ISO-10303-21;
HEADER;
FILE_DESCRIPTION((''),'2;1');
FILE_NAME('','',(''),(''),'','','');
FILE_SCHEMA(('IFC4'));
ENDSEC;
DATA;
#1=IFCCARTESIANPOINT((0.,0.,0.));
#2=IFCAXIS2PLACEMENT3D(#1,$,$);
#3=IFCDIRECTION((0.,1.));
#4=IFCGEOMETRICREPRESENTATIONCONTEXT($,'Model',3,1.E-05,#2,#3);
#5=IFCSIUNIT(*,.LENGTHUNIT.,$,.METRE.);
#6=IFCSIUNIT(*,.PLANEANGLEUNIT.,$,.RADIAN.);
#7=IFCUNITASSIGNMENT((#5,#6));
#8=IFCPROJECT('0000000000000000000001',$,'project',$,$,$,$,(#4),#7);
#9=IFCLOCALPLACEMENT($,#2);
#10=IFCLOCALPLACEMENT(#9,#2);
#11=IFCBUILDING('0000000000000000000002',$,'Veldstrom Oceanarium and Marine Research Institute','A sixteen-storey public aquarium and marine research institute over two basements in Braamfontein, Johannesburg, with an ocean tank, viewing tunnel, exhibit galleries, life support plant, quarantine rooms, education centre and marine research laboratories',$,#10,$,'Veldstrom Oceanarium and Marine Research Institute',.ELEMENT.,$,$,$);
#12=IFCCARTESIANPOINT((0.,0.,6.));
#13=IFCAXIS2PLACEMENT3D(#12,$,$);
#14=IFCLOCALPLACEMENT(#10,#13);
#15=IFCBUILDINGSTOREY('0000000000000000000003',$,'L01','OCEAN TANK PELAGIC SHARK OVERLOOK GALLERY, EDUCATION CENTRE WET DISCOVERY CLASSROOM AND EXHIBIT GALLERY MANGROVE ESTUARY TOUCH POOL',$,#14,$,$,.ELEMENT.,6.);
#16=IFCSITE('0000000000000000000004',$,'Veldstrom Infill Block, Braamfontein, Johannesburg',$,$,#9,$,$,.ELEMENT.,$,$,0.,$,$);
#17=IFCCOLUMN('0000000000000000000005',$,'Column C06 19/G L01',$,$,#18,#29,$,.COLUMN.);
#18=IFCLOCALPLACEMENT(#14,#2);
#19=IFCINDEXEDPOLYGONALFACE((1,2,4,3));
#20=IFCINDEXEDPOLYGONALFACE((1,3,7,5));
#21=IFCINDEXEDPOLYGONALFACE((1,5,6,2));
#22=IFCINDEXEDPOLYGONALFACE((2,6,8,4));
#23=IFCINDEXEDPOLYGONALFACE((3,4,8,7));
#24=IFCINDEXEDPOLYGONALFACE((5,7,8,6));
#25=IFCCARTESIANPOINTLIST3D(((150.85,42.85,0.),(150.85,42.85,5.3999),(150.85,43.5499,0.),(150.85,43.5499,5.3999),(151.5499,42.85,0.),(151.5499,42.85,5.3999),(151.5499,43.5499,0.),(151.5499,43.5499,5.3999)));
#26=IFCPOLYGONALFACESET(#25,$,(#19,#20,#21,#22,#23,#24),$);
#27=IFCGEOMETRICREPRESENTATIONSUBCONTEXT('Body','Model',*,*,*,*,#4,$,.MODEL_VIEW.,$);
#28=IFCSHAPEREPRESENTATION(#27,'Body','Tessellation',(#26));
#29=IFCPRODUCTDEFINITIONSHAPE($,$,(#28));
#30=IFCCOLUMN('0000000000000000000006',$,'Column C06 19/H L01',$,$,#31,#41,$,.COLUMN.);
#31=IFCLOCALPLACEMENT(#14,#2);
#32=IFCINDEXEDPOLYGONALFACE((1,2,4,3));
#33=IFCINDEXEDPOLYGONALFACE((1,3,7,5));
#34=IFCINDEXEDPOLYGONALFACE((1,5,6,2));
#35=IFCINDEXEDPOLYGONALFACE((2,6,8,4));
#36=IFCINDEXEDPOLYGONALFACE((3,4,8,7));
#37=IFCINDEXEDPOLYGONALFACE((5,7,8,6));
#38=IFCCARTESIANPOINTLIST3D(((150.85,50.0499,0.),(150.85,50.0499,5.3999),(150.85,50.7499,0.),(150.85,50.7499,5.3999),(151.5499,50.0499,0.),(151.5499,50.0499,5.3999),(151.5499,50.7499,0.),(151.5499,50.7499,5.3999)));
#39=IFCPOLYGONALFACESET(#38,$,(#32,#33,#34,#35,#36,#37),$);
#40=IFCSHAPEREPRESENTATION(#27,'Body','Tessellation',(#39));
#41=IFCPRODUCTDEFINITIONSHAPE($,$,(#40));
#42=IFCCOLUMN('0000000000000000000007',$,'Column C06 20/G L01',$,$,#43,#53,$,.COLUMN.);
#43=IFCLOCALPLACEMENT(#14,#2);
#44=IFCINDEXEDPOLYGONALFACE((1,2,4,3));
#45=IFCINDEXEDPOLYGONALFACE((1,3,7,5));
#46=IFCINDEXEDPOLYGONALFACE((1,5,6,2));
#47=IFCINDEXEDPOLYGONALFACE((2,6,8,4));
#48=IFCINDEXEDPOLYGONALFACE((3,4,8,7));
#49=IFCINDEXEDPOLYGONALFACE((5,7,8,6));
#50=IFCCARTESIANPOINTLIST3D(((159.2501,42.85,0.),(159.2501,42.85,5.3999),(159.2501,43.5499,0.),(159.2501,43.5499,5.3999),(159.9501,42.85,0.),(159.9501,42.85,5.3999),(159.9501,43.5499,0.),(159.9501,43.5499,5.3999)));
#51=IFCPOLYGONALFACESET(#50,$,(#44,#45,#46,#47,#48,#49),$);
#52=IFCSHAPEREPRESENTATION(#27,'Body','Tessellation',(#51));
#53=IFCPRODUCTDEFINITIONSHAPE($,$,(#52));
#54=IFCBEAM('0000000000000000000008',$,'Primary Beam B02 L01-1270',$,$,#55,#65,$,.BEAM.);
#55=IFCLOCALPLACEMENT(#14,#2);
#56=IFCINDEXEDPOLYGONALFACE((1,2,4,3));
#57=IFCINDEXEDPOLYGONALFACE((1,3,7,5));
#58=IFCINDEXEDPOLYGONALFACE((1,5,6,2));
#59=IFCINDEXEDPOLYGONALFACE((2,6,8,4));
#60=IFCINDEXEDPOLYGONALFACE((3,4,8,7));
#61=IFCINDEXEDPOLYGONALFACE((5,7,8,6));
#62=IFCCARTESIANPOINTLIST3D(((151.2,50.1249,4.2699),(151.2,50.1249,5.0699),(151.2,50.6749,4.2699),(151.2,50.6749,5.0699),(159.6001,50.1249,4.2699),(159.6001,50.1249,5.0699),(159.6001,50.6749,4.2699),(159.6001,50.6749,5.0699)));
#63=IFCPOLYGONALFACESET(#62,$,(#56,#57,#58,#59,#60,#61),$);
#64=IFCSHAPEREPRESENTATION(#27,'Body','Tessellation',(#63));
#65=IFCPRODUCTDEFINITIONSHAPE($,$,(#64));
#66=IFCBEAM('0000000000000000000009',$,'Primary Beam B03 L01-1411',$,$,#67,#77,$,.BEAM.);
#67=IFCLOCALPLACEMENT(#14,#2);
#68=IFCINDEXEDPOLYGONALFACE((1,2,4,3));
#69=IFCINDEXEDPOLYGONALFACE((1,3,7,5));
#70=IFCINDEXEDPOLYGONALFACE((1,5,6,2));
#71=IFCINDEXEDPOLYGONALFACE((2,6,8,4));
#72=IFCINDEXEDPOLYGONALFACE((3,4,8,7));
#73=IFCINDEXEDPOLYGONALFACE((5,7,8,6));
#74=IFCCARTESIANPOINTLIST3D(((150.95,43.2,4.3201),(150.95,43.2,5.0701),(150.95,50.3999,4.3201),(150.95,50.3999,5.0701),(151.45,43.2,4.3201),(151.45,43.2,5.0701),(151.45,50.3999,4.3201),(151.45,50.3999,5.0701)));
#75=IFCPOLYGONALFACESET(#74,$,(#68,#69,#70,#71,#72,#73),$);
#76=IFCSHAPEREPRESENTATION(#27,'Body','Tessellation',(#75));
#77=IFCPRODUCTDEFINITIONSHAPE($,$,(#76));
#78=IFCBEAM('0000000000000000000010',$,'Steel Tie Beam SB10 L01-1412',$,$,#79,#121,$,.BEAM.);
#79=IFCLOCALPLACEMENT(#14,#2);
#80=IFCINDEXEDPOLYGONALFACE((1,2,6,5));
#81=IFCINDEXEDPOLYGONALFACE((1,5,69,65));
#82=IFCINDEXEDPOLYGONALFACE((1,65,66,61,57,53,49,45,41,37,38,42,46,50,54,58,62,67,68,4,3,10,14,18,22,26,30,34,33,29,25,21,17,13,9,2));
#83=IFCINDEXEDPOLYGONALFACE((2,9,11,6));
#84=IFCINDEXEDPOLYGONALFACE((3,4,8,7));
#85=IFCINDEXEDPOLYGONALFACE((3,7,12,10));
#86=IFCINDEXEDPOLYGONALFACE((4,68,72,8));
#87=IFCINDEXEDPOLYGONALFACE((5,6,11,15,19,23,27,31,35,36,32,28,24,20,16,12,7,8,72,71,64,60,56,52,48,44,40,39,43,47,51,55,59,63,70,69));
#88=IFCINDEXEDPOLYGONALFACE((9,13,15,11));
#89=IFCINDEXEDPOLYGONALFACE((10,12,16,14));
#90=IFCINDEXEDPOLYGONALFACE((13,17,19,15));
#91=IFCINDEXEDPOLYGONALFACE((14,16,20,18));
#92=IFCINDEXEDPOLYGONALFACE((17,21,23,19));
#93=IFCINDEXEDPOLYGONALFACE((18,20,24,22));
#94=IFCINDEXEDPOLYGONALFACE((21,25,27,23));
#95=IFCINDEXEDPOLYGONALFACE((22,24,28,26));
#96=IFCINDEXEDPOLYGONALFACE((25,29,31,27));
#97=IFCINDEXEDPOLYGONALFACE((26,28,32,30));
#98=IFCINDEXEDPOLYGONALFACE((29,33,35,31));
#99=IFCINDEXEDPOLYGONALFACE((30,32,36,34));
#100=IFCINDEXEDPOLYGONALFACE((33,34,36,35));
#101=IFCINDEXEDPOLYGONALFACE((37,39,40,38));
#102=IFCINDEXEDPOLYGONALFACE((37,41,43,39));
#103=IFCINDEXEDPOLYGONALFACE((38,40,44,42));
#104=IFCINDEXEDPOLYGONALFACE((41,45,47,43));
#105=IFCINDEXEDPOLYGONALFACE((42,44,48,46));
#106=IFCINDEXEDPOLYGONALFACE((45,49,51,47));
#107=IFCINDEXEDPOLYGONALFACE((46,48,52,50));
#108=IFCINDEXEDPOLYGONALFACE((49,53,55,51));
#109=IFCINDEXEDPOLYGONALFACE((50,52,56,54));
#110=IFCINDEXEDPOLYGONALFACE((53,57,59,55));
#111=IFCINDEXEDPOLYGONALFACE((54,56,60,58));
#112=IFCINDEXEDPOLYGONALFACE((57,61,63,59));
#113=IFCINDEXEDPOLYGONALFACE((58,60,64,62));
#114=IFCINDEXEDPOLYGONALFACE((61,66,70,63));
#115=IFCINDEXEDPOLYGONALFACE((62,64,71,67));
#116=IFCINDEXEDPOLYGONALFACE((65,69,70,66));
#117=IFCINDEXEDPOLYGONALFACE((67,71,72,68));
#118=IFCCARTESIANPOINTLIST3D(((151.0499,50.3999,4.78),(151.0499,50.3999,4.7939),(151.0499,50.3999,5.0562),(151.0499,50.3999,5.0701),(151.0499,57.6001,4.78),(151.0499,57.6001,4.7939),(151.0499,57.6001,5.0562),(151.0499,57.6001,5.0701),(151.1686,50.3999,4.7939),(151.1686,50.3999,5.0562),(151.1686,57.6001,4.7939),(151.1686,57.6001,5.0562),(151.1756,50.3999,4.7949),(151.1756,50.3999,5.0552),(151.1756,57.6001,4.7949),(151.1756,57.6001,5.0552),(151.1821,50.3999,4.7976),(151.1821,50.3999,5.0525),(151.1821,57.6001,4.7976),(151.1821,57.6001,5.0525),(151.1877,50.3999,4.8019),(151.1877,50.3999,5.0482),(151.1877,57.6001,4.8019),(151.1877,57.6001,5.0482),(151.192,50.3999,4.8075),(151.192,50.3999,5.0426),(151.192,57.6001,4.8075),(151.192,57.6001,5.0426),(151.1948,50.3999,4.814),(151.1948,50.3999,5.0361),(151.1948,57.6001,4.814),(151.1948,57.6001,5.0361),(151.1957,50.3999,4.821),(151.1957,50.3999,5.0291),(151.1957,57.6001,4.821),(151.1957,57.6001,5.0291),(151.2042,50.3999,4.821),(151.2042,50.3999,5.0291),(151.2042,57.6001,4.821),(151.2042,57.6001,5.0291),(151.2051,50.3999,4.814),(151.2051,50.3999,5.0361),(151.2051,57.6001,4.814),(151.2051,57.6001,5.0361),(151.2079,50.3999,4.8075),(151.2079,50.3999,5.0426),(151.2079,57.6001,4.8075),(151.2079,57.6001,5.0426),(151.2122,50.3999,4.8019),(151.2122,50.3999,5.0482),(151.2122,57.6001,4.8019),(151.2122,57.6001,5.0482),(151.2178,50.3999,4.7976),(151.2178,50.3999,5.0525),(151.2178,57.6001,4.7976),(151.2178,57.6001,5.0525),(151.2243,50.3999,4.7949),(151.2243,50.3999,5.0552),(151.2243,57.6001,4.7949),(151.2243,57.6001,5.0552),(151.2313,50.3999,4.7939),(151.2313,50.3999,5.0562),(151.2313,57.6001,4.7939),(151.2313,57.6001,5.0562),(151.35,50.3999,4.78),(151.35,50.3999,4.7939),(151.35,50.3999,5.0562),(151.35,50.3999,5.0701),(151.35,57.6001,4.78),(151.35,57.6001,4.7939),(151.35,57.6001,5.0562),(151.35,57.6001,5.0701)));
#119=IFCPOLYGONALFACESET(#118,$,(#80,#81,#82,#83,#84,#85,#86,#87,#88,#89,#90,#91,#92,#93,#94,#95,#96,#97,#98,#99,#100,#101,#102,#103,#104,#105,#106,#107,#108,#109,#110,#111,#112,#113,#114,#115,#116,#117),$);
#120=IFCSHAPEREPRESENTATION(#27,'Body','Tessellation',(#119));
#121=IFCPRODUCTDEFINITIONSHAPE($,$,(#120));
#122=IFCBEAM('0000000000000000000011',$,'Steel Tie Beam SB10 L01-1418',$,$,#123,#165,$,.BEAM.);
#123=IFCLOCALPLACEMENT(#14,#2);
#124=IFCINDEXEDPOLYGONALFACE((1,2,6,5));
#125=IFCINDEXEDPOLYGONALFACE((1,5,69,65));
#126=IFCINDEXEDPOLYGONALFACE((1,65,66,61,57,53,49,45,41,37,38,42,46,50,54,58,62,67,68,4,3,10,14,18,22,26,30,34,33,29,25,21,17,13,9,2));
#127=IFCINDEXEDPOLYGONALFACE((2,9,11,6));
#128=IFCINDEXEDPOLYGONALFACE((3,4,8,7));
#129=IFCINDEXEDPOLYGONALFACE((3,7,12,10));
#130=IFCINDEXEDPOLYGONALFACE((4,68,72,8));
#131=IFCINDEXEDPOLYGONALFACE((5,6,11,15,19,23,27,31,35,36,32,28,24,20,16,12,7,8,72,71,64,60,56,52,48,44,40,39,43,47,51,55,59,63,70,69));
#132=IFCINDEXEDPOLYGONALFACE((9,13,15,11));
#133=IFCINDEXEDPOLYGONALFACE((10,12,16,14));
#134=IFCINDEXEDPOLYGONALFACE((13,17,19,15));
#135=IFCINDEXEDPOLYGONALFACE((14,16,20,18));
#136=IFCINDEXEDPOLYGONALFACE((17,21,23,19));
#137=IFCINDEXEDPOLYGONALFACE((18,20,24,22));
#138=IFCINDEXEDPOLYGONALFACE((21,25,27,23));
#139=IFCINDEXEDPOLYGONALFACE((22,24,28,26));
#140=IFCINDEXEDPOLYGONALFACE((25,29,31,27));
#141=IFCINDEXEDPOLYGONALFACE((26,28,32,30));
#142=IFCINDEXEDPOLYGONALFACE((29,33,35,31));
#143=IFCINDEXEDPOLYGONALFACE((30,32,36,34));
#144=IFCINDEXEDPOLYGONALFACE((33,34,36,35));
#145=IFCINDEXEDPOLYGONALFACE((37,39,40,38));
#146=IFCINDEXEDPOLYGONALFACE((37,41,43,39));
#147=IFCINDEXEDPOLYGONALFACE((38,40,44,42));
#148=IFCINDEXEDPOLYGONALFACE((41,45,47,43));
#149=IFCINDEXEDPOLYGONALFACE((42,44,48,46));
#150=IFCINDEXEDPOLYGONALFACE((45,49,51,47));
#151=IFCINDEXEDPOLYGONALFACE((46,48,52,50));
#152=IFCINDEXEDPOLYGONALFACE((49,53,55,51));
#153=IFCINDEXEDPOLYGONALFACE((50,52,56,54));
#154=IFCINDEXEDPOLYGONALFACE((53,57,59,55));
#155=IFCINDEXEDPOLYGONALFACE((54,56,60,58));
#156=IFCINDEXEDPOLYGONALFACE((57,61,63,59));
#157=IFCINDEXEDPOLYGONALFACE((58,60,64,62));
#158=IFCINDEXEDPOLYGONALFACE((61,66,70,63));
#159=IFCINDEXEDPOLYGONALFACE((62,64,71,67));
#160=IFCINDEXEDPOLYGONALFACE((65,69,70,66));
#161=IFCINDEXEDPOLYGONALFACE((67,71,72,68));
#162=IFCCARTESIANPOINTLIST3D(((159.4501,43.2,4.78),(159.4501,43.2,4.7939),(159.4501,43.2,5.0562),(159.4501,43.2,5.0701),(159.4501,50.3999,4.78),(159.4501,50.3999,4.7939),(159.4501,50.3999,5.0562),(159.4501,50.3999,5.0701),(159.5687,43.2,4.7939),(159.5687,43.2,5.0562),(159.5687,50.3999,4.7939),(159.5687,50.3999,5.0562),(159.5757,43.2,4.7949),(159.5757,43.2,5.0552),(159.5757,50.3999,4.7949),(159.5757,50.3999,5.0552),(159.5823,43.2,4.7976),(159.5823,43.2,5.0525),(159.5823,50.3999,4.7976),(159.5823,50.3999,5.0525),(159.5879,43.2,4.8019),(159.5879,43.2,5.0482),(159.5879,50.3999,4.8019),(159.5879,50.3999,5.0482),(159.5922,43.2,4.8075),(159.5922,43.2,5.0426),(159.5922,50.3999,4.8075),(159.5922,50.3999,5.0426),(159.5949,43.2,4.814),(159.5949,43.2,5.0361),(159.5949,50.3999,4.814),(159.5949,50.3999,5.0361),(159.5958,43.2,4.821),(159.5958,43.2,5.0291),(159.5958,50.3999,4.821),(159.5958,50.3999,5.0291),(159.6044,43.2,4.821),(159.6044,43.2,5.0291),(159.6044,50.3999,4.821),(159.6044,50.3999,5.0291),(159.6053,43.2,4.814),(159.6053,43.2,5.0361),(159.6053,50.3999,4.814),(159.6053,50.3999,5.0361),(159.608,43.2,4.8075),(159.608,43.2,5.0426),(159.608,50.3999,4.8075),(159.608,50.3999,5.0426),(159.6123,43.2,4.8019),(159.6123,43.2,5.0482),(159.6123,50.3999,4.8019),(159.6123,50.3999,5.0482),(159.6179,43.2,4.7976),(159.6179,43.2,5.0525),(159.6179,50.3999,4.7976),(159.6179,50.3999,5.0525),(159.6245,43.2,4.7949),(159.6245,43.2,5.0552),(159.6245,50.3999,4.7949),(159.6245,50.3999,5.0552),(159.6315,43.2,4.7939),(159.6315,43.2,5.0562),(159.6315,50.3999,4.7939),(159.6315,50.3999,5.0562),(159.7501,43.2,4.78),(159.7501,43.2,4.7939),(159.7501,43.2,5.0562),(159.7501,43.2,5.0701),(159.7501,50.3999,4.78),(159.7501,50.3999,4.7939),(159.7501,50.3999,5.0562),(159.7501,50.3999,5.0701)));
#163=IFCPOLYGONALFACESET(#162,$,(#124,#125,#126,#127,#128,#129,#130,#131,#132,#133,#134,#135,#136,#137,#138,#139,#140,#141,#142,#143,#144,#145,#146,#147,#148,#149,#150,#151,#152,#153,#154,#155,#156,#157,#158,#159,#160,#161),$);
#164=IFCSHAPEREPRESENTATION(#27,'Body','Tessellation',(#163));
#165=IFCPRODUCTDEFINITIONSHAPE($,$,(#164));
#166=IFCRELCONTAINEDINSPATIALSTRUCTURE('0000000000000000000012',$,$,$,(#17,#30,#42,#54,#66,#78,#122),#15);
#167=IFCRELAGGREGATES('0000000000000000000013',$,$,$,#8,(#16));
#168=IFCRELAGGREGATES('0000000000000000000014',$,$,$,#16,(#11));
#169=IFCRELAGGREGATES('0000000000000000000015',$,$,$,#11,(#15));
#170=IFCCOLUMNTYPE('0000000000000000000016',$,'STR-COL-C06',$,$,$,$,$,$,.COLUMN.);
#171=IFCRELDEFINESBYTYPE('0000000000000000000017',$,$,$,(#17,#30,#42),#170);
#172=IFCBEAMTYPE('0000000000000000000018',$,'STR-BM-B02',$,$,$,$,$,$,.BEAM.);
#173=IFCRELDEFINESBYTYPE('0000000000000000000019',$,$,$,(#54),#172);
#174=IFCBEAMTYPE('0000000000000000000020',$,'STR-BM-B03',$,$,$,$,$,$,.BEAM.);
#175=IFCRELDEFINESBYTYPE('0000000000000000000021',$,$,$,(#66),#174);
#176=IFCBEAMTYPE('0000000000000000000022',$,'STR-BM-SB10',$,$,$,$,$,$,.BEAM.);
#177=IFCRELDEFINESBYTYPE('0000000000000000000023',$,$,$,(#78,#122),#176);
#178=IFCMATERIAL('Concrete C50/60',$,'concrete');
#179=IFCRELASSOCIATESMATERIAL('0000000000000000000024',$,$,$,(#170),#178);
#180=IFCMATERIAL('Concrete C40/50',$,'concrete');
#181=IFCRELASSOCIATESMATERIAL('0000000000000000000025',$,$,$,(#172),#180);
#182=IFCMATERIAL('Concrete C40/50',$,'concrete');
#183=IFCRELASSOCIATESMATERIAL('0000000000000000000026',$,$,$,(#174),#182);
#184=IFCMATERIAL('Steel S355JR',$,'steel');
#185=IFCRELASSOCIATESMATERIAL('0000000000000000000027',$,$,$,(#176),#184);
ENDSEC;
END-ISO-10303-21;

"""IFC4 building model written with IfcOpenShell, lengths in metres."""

from ifc_helpers import new_model, si_unit, direction, frame, origin, origin_2d, place, context, subcontext, project, spatial, rectangle, i_section, extrude, material, material_profile, profile_set, type_object, element, save


model = new_model("IFC4")

# Units and contexts
model_context = context("Model", 3, precision=1e-05, world=origin(), true_north=direction((0.0, 1.0)))
body_context = subcontext(model_context, "Body", "Model", "MODEL_VIEW")
ifc_project = project(units=[si_unit("LENGTHUNIT", "METRE"), si_unit("PLANEANGLEUNIT", "RADIAN")], contexts=[model_context])

# Site, building, storey
site_placement = place(None, origin())
site = spatial("IfcSite", under=ifc_project, at=site_placement, Name="Veldstrom Infill Block, Braamfontein, Johannesburg", CompositionType="ELEMENT", RefElevation=0.0)
building_placement = place(site_placement, origin())
building = spatial("IfcBuilding", under=site, at=building_placement, Name="Veldstrom Oceanarium and Marine Research Institute", Description="A sixteen-storey public aquarium and marine research institute over two basements in Braamfontein, Johannesburg, with an ocean tank, viewing tunnel, exhibit galleries, life support plant, quarantine rooms, education centre and marine research laboratories", LongName="Veldstrom Oceanarium and Marine Research Institute", CompositionType="ELEMENT")
storey_placement = place(building_placement, frame((0.0, 0.0, 6.0)))
storey = spatial("IfcBuildingStorey", under=building, at=storey_placement, Name="L01", Description="OCEAN TANK PELAGIC SHARK OVERLOOK GALLERY, EDUCATION CENTRE WET DISCOVERY CLASSROOM AND EXHIBIT GALLERY MANGROVE ESTUARY TOUCH POOL", CompositionType="ELEMENT", Elevation=6.0)

# Columns
ifc_material_1 = material(Name="Concrete C50/60", Category="concrete")
ifc_material_profile_1 = material_profile(ifc_material_1, rectangle(XDim=0.7, YDim=0.7, at=origin_2d()), Name="RC-COL-700x700")
ifc_profile_set_1 = profile_set([ifc_material_profile_1], Name="Concrete C50/60")
column_type = type_object("IfcColumnType", Name="STR-COL-C06", PredefinedType="COLUMN", material=ifc_profile_set_1)
for number, where, z_axis, x_axis, name in (
    (1, (151.2, 43.2, 0.0), (0.0, 0.0, 1.0), (1.0, 0.0, 0.0), "Column C06 19/G L01"),
    (2, (151.2, 50.3999, 0.0), (0.0, 0.0, 1.0), (1.0, 0.0, 0.0), "Column C06 19/H L01"),
    (3, (159.6001, 43.2, 0.0), (0.0, 0.0, 1.0), (1.0, 0.0, 0.0), "Column C06 20/G L01"),
):
    element("IfcColumn", number, at=place(storey_placement, frame(where, z_axis=z_axis, x_axis=x_axis)), inside=storey, type_object=column_type, Name=name, PredefinedType="COLUMN", context=body_context, shape_type="SweptSolid", body=[
        extrude(rectangle(XDim=0.7, YDim=0.7, at=origin_2d()), origin(), (0.0, 0.0, 1.0), 5.3999),
    ])

# Beams
ifc_material_2 = material(Name="Concrete C40/50", Category="concrete")
ifc_material_profile_2 = material_profile(ifc_material_2, rectangle(XDim=0.55, YDim=0.8, at=origin_2d()), Name="RC-BM-550x800")
ifc_profile_set_2 = profile_set([ifc_material_profile_2], Name="Concrete C40/50")
beam_type_1 = type_object("IfcBeamType", Name="STR-BM-B02", PredefinedType="BEAM", material=ifc_profile_set_2)
beam_1_placement = place(storey_placement, frame((151.2, 50.3999, 4.6699), z_axis=(1.0, 0.0, 0.0), x_axis=(0.0, 1.0, 0.0)))
element("IfcBeam", 4, at=beam_1_placement, inside=storey, type_object=beam_type_1, Name="Primary Beam B02 L01-1270", PredefinedType="BEAM", context=body_context, shape_type="SweptSolid", body=[
    extrude(rectangle(XDim=0.55, YDim=0.8, at=origin_2d()), origin(), (0.0, 0.0, 1.0), 8.4001),
])
ifc_material_3 = material(Name="Concrete C40/50", Category="concrete")
ifc_material_profile_3 = material_profile(ifc_material_3, rectangle(XDim=0.5, YDim=0.75, at=origin_2d()), Name="RC-BM-500x750")
ifc_profile_set_3 = profile_set([ifc_material_profile_3], Name="Concrete C40/50")
beam_type_2 = type_object("IfcBeamType", Name="STR-BM-B03", PredefinedType="BEAM", material=ifc_profile_set_3)
beam_2_placement = place(storey_placement, frame((151.2, 43.2, 4.6951), z_axis=(0.0, 1.0, 0.0), x_axis=(-1.0, 0.0, 0.0)))
element("IfcBeam", 5, at=beam_2_placement, inside=storey, type_object=beam_type_2, Name="Primary Beam B03 L01-1411", PredefinedType="BEAM", context=body_context, shape_type="SweptSolid", body=[
    extrude(rectangle(XDim=0.5, YDim=0.75, at=origin_2d()), origin(), (0.0, 0.0, 1.0), 7.2),
])
ifc_material_4 = material(Name="Steel S355JR", Category="steel")
ifc_material_profile_4 = material_profile(ifc_material_4, i_section(OverallWidth=0.3, OverallDepth=0.29, WebThickness=0.0085, FlangeThickness=0.0139, FilletRadius=0.0271, at=origin_2d()), Name="HEA 300")
ifc_profile_set_4 = profile_set([ifc_material_profile_4], Name="Steel S355JR")
beam_type_3 = type_object("IfcBeamType", Name="STR-BM-SB10", PredefinedType="BEAM", material=ifc_profile_set_4)
beam_3_placement = place(storey_placement, frame((151.2, 50.3999, 4.925), z_axis=(0.0, 1.0, 0.0), x_axis=(-1.0, 0.0, 0.0)))
element("IfcBeam", 6, at=beam_3_placement, inside=storey, type_object=beam_type_3, Name="Steel Tie Beam SB10 L01-1412", PredefinedType="BEAM", context=body_context, shape_type="SweptSolid", body=[
    extrude(i_section(OverallWidth=0.3, OverallDepth=0.29, WebThickness=0.0085, FlangeThickness=0.0139, FilletRadius=0.0271, at=origin_2d()), origin(), (0.0, 0.0, 1.0), 7.2002),
])
beam_4_placement = place(storey_placement, frame((159.6001, 43.2, 4.925), z_axis=(0.0, 1.0, 0.0), x_axis=(-1.0, 0.0, 0.0)))
element("IfcBeam", 7, at=beam_4_placement, inside=storey, type_object=beam_type_3, Name="Steel Tie Beam SB10 L01-1418", PredefinedType="BEAM", context=body_context, shape_type="SweptSolid", body=[
    extrude(i_section(OverallWidth=0.3, OverallDepth=0.29, WebThickness=0.0085, FlangeThickness=0.0139, FilletRadius=0.0271, at=origin_2d()), origin(), (0.0, 0.0, 1.0), 7.2),
])

save(model, "model.ifc")
